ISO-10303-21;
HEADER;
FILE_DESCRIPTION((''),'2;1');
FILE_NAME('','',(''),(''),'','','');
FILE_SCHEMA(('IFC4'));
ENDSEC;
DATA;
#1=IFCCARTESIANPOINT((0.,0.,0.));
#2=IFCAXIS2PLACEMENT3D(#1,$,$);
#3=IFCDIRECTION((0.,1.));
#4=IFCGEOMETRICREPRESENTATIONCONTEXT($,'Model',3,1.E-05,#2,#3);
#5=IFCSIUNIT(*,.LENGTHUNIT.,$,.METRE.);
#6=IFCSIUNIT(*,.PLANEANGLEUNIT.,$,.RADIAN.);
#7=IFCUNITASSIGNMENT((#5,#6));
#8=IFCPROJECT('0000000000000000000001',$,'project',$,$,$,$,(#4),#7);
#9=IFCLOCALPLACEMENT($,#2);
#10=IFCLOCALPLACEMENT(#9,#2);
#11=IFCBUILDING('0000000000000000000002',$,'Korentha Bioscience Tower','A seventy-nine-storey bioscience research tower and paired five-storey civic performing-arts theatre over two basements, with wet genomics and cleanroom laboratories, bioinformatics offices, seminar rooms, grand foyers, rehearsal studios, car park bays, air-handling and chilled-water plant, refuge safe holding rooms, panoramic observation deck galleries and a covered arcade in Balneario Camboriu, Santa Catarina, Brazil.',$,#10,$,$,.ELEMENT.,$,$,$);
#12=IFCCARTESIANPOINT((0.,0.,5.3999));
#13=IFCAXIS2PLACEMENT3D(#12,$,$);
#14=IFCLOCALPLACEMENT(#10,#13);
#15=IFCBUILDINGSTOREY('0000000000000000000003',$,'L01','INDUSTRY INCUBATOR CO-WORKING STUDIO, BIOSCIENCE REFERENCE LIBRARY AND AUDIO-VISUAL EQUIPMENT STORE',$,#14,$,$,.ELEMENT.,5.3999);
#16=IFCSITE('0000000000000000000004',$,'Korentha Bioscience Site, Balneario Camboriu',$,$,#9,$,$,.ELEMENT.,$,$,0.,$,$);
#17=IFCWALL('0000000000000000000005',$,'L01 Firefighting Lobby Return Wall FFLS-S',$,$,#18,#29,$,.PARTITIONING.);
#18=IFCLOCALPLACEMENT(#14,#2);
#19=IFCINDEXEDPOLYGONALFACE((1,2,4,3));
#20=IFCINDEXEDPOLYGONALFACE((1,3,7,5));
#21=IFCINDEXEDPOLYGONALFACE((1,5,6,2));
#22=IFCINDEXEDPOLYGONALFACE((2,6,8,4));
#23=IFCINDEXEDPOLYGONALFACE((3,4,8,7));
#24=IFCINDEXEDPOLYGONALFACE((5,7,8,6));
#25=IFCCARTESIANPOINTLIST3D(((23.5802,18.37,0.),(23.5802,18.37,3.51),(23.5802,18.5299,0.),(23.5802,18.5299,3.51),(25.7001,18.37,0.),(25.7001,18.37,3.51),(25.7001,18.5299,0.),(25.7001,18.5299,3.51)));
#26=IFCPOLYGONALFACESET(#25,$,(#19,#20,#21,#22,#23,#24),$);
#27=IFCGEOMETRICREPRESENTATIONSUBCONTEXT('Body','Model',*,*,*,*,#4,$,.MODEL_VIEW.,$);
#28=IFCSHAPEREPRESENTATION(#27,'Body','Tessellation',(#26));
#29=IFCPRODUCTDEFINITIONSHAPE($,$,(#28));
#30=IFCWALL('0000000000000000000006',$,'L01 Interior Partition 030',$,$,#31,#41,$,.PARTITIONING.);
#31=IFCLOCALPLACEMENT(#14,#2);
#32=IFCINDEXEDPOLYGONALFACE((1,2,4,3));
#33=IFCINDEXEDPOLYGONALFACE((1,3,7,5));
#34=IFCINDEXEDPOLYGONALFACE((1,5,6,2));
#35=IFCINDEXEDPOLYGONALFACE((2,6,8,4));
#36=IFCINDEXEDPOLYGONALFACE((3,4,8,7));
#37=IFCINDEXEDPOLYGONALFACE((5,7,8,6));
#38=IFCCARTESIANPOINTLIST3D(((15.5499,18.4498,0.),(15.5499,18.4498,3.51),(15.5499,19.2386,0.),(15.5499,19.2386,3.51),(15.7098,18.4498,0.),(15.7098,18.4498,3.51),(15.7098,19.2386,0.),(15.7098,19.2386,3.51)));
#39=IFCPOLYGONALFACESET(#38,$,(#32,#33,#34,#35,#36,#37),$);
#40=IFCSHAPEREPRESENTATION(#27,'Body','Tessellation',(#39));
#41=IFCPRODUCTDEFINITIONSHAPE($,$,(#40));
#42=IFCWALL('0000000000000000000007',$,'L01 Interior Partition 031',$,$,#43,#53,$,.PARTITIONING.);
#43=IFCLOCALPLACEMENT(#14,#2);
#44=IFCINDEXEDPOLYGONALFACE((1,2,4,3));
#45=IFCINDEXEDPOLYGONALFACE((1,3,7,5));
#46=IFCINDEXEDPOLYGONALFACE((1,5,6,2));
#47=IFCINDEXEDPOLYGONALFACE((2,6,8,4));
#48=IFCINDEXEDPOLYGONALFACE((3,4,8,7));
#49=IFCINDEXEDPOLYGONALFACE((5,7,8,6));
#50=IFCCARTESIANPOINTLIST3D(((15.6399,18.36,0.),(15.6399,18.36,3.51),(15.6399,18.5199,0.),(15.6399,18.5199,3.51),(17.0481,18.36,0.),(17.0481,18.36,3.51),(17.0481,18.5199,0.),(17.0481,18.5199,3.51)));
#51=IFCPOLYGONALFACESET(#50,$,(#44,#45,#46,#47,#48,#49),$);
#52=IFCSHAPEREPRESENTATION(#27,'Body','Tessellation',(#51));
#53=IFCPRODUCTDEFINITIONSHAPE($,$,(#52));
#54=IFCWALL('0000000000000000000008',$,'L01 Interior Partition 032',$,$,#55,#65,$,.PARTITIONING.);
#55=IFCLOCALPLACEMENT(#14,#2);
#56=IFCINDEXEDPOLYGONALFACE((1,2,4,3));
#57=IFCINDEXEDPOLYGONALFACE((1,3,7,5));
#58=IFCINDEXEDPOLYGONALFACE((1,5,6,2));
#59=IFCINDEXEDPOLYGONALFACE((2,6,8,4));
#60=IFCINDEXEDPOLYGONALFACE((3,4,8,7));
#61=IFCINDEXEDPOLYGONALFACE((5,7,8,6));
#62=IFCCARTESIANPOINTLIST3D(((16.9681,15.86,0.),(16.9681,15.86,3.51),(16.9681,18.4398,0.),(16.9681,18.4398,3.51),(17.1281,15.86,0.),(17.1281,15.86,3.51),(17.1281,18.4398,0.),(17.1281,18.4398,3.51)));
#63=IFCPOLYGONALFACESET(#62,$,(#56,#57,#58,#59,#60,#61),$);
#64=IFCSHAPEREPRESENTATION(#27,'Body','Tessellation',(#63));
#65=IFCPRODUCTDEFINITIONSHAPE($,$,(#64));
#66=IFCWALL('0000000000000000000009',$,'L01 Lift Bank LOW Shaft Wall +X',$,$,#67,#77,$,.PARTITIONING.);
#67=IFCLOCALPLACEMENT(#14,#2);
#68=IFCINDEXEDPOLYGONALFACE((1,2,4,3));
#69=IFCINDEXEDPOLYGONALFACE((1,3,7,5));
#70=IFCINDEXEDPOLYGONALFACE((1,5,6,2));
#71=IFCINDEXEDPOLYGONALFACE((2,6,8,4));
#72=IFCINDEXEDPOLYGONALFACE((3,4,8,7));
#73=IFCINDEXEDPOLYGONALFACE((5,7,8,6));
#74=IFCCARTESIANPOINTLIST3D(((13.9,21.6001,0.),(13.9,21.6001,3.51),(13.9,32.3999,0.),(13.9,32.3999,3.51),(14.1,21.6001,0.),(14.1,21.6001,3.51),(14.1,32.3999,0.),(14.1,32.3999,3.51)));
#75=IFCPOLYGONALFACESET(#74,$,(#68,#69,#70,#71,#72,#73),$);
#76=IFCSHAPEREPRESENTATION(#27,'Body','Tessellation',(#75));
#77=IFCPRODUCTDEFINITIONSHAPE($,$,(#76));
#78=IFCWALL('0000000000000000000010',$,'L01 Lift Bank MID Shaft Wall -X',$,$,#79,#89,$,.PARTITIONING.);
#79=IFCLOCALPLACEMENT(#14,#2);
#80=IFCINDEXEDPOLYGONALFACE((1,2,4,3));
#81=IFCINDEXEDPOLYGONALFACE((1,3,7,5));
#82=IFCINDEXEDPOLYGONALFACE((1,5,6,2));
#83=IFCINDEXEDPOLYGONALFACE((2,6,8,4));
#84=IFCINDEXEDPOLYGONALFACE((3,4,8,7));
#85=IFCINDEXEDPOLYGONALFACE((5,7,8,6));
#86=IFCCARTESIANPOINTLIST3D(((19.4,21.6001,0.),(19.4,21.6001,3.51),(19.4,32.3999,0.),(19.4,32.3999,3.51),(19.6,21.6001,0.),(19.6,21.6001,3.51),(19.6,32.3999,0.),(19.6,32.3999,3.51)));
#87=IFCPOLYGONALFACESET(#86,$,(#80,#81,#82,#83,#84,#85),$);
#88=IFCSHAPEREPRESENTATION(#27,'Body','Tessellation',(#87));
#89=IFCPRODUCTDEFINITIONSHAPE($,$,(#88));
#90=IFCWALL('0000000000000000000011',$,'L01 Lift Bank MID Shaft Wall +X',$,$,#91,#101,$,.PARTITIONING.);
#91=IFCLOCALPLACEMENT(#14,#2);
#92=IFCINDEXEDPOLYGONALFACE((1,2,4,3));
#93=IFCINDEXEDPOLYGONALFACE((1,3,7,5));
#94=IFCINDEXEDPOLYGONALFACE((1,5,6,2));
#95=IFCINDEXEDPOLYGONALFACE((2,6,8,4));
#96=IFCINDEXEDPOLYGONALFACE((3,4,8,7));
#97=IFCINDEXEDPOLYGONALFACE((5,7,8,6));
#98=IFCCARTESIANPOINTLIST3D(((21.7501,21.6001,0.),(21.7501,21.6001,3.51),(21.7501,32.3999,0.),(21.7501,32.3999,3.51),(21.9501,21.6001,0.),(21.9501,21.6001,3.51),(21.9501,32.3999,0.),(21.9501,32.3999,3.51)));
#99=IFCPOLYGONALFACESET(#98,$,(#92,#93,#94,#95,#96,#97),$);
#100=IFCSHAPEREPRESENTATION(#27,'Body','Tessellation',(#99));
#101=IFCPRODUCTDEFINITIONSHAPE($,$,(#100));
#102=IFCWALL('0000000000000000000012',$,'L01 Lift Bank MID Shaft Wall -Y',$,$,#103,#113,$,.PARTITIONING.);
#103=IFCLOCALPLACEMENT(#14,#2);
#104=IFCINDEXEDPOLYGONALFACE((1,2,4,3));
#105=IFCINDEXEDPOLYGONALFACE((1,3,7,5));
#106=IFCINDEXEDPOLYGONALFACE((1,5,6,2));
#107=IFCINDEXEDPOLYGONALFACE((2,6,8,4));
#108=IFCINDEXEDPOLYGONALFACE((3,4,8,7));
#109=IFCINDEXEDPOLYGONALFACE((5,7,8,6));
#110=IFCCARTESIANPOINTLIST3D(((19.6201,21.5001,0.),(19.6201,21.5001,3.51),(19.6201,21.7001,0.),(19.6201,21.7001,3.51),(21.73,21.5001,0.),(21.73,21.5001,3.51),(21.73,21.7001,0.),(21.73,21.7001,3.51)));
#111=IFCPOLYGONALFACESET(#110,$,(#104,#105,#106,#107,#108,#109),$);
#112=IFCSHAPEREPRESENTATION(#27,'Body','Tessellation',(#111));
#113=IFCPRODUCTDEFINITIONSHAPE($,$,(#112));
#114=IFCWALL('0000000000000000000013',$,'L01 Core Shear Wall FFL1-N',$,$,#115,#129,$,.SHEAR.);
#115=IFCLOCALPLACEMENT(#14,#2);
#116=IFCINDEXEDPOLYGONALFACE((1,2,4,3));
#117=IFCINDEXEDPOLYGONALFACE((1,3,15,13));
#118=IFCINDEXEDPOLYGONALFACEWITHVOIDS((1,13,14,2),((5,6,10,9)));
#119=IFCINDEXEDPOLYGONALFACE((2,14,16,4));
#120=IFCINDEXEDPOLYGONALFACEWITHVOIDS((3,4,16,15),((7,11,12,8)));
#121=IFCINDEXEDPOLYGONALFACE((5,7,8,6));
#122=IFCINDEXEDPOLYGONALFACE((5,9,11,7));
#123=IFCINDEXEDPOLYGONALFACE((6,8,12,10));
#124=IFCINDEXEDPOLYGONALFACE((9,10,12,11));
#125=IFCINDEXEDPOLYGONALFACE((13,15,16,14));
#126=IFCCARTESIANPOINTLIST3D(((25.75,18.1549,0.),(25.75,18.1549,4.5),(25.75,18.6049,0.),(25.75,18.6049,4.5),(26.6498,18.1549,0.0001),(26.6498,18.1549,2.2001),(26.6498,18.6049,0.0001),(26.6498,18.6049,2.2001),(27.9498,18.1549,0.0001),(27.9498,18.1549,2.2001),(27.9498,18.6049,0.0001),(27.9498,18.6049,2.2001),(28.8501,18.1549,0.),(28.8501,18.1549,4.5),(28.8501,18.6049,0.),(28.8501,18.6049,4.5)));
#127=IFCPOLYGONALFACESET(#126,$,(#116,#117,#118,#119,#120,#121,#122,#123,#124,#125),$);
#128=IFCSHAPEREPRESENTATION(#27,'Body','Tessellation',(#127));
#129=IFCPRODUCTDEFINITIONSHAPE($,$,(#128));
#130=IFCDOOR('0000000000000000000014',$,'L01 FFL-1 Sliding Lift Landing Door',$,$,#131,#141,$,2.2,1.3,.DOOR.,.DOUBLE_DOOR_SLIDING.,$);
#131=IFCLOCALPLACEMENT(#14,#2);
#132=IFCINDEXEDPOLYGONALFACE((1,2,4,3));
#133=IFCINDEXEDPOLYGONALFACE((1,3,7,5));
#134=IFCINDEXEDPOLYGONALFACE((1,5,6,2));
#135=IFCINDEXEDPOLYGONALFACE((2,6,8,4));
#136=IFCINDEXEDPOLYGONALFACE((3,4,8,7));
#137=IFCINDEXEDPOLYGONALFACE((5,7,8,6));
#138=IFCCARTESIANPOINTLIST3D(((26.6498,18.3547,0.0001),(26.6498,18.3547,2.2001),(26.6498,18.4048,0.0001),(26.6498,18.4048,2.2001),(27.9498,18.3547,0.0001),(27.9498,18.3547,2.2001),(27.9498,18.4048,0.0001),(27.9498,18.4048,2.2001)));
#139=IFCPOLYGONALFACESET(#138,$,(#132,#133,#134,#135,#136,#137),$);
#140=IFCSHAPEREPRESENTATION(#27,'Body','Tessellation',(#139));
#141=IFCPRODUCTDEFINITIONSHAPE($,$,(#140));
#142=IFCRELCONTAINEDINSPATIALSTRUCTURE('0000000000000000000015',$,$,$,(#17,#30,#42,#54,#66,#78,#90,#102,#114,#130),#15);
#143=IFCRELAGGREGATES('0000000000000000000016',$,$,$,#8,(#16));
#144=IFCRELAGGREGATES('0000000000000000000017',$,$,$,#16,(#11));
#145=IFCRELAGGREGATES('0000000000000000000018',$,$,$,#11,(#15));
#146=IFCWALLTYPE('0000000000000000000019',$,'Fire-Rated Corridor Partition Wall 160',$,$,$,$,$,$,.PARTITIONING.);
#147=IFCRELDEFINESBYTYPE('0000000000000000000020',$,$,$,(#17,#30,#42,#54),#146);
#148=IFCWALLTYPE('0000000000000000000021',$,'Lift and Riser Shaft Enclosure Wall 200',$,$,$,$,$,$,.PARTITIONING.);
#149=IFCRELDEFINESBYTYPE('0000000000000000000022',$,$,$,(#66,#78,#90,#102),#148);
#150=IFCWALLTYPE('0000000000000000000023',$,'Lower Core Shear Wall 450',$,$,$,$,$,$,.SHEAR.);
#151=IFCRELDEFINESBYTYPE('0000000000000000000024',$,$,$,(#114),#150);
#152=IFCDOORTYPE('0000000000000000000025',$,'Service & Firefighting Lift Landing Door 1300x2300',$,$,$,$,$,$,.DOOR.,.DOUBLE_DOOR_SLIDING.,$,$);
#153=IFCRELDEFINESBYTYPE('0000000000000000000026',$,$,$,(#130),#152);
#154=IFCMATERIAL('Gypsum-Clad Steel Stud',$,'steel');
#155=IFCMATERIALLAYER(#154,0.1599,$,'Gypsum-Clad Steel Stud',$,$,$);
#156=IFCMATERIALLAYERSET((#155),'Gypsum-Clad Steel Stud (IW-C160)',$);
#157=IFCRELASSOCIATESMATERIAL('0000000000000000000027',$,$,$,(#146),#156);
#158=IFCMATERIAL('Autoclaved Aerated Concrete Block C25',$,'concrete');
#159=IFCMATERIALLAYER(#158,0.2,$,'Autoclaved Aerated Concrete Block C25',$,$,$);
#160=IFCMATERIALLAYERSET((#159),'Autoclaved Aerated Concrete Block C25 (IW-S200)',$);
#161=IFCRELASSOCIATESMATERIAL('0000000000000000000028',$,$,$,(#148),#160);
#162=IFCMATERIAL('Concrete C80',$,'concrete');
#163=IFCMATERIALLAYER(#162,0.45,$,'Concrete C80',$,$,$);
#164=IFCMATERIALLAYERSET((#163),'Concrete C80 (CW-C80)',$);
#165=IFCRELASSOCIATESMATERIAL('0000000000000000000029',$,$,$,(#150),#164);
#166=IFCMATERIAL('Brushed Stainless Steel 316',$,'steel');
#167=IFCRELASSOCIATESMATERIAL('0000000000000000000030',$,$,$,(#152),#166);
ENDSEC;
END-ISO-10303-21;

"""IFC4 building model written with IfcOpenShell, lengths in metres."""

from ifc_helpers import new_model, si_unit, direction, frame, frame_2d, origin, place, context, subcontext, project, spatial, rectangle, extrude, material, layer, layer_set, type_object, element, fill, save


model = new_model("IFC4")

# Units and contexts
model_context = context("Model", 3, precision=1e-05, world=origin(), true_north=direction((0.0, 1.0)))
body_context = subcontext(model_context, "Body", "Model", "MODEL_VIEW")
ifc_project = project(units=[si_unit("LENGTHUNIT", "METRE"), si_unit("PLANEANGLEUNIT", "RADIAN")], contexts=[model_context])

# Site, building, storey
site_placement = place(None, origin())
site = spatial("IfcSite", under=ifc_project, at=site_placement, Name="Korentha Bioscience Site, Balneario Camboriu", CompositionType="ELEMENT", RefElevation=0.0)
building_placement = place(site_placement, origin())
building = spatial("IfcBuilding", under=site, at=building_placement, Name="Korentha Bioscience Tower", Description="A seventy-nine-storey bioscience research tower and paired five-storey civic performing-arts theatre over two basements, with wet genomics and cleanroom laboratories, bioinformatics offices, seminar rooms, grand foyers, rehearsal studios, car park bays, air-handling and chilled-water plant, refuge safe holding rooms, panoramic observation deck galleries and a covered arcade in Balneario Camboriu, Santa Catarina, Brazil.", CompositionType="ELEMENT")
storey_placement = place(building_placement, frame((0.0, 0.0, 5.3999)))
storey = spatial("IfcBuildingStorey", under=building, at=storey_placement, Name="L01", Description="INDUSTRY INCUBATOR CO-WORKING STUDIO, BIOSCIENCE REFERENCE LIBRARY AND AUDIO-VISUAL EQUIPMENT STORE", CompositionType="ELEMENT", Elevation=5.3999)

# Shared definitions
ifc_material_1 = material(Name="Concrete C80", Category="concrete")

# Shared definitions
ifc_material_2 = material(Name="Gypsum-Clad Steel Stud", Category="steel")
ifc_layer_1 = layer(ifc_material_2, 0.1599, Name="Gypsum-Clad Steel Stud")
ifc_layer_set_1 = layer_set([ifc_layer_1], Name="Gypsum-Clad Steel Stud (IW-C160)")
wall_type_1 = type_object("IfcWallType", Name="Fire-Rated Corridor Partition Wall 160", PredefinedType="PARTITIONING", material=ifc_layer_set_1)

# Walls
wall_1_placement = place(storey_placement, frame((23.5801, 18.45, 0.0), z_axis=(0.0, 0.0, 1.0), x_axis=(1.0, 0.0, 0.0)))
element("IfcWall", 1, at=wall_1_placement, inside=storey, type_object=wall_type_1, Name="L01 Firefighting Lobby Return Wall FFLS-S", PredefinedType="PARTITIONING", context=body_context, shape_type="SweptSolid", body=[
    extrude(rectangle(XDim=2.1199, YDim=0.1599, at=frame_2d((1.0601, 0.0))), origin(), (0.0, 0.0, 1.0), 3.51),
])
wall_2_placement = place(storey_placement, frame((15.6299, 19.2388, 0.0), z_axis=(0.0, 0.0, 1.0), x_axis=(0.0, -1.0, 0.0)))
element("IfcWall", 2, at=wall_2_placement, inside=storey, type_object=wall_type_1, Name="L01 Interior Partition 030", PredefinedType="PARTITIONING", context=body_context, shape_type="SweptSolid", body=[
    extrude(rectangle(XDim=0.7888, YDim=0.1599, at=frame_2d((0.3945, 0.0))), origin(), (0.0, 0.0, 1.0), 3.51),
])
wall_3_placement = place(storey_placement, frame((15.6399, 18.4399, 0.0), z_axis=(0.0, 0.0, 1.0), x_axis=(1.0, 0.0, 0.0)))
element("IfcWall", 3, at=wall_3_placement, inside=storey, type_object=wall_type_1, Name="L01 Interior Partition 031", PredefinedType="PARTITIONING", context=body_context, shape_type="SweptSolid", body=[
    extrude(rectangle(XDim=1.4082, YDim=0.1599, at=frame_2d((0.7041, 0.0))), origin(), (0.0, 0.0, 1.0), 3.51),
])
wall_4_placement = place(storey_placement, frame((17.0481, 18.4399, 0.0), z_axis=(0.0, 0.0, 1.0), x_axis=(0.0, -1.0, 0.0)))
element("IfcWall", 4, at=wall_4_placement, inside=storey, type_object=wall_type_1, Name="L01 Interior Partition 032", PredefinedType="PARTITIONING", context=body_context, shape_type="SweptSolid", body=[
    extrude(rectangle(XDim=2.5798, YDim=0.1599, at=frame_2d((1.29, 0.0))), origin(), (0.0, 0.0, 1.0), 3.51),
])
ifc_material_3 = material(Name="Autoclaved Aerated Concrete Block C25", Category="concrete")
ifc_layer_2 = layer(ifc_material_3, 0.2, Name="Autoclaved Aerated Concrete Block C25")
ifc_layer_set_2 = layer_set([ifc_layer_2], Name="Autoclaved Aerated Concrete Block C25 (IW-S200)")
wall_type_2 = type_object("IfcWallType", Name="Lift and Riser Shaft Enclosure Wall 200", PredefinedType="PARTITIONING", material=ifc_layer_set_2)
for number, where, z_axis, x_axis, name in (
    (5, (14.0, 21.6001, 0.0), (0.0, 0.0, 1.0), (0.0, 1.0, 0.0), "L01 Lift Bank LOW Shaft Wall +X"),
    (6, (19.5, 21.6001, 0.0), (0.0, 0.0, 1.0), (0.0, 1.0, 0.0), "L01 Lift Bank MID Shaft Wall -X"),
    (7, (21.8501, 21.6001, 0.0), (0.0, 0.0, 1.0), (0.0, 1.0, 0.0), "L01 Lift Bank MID Shaft Wall +X"),
):
    element("IfcWall", number, at=place(storey_placement, frame(where, z_axis=z_axis, x_axis=x_axis)), inside=storey, type_object=wall_type_2, Name=name, PredefinedType="PARTITIONING", context=body_context, shape_type="SweptSolid", body=[
        extrude(rectangle(XDim=10.7998, YDim=0.2, at=frame_2d((5.3999, 0.0))), origin(), (0.0, 0.0, 1.0), 3.51),
    ])
wall_5_placement = place(storey_placement, frame((19.6201, 21.6001, 0.0), z_axis=(0.0, 0.0, 1.0), x_axis=(1.0, 0.0, 0.0)))
element("IfcWall", 8, at=wall_5_placement, inside=storey, type_object=wall_type_2, Name="L01 Lift Bank MID Shaft Wall -Y", PredefinedType="PARTITIONING", context=body_context, shape_type="SweptSolid", body=[
    extrude(rectangle(XDim=2.1099, YDim=0.2, at=frame_2d((1.0549, 0.0))), origin(), (0.0, 0.0, 1.0), 3.51),
])

# Wall, opening, door
ifc_layer_3 = layer(ifc_material_1, 0.45, Name="Concrete C80")
ifc_layer_set_3 = layer_set([ifc_layer_3], Name="Concrete C80 (CW-C80)")
wall_type_3 = type_object("IfcWallType", Name="Lower Core Shear Wall 450", PredefinedType="SHEAR", material=ifc_layer_set_3)
wall_6_placement = place(storey_placement, frame((25.75, 18.3799, 0.0), z_axis=(0.0, 0.0, 1.0), x_axis=(1.0, 0.0, 0.0)))
wall_6 = element("IfcWall", 9, at=wall_6_placement, inside=storey, type_object=wall_type_3, Name="L01 Core Shear Wall FFL1-N", PredefinedType="SHEAR", context=body_context, shape_type="SweptSolid", body=[
    extrude(rectangle(XDim=3.1001, YDim=0.45, at=frame_2d((1.55, 0.0))), origin(), (0.0, 0.0, 1.0), 4.5),
])
opening_1_placement = place(wall_6_placement, frame((0.8999, 0.0, 0.0)))
opening_1 = element("IfcOpeningElement", 10, at=opening_1_placement, cuts=wall_6, PredefinedType="OPENING", context=body_context, shape_type="SweptSolid", body=[
    extrude(rectangle(XDim=1.3, YDim=2.2, at=frame_2d((0.6499, 1.1001))), frame((0.0, 0.2397, 0.0), z_axis=(0.0, -1.0, 0.0), x_axis=(1.0, 0.0, 0.0)), (0.0, 0.0, 1.0), 0.4797),
])
ifc_material_4 = material(Name="Brushed Stainless Steel 316", Category="steel")
door_type_1 = type_object("IfcDoorType", Name="Service & Firefighting Lift Landing Door 1300x2300", OperationType="DOUBLE_DOOR_SLIDING", PredefinedType="DOOR", material=ifc_material_4)
door_1_placement = place(opening_1_placement, origin())
door_1 = element("IfcDoor", 11, at=door_1_placement, inside=storey, type_object=door_type_1, Name="L01 FFL-1 Sliding Lift Landing Door", OperationType="DOUBLE_DOOR_SLIDING", OverallHeight=2.2, OverallWidth=1.3, PredefinedType="DOOR", context=body_context, shape_type="SweptSolid", body=[
    extrude(rectangle(XDim=1.3, YDim=2.2, at=frame_2d((0.6499, 1.1001))), frame((0.0, 0.0249, 0.0), z_axis=(0.0, -1.0, 0.0), x_axis=(1.0, 0.0, 0.0)), (0.0, 0.0, 1.0), 0.05),
])
fill(opening_1, door_1)

save(model, "model.ifc")
